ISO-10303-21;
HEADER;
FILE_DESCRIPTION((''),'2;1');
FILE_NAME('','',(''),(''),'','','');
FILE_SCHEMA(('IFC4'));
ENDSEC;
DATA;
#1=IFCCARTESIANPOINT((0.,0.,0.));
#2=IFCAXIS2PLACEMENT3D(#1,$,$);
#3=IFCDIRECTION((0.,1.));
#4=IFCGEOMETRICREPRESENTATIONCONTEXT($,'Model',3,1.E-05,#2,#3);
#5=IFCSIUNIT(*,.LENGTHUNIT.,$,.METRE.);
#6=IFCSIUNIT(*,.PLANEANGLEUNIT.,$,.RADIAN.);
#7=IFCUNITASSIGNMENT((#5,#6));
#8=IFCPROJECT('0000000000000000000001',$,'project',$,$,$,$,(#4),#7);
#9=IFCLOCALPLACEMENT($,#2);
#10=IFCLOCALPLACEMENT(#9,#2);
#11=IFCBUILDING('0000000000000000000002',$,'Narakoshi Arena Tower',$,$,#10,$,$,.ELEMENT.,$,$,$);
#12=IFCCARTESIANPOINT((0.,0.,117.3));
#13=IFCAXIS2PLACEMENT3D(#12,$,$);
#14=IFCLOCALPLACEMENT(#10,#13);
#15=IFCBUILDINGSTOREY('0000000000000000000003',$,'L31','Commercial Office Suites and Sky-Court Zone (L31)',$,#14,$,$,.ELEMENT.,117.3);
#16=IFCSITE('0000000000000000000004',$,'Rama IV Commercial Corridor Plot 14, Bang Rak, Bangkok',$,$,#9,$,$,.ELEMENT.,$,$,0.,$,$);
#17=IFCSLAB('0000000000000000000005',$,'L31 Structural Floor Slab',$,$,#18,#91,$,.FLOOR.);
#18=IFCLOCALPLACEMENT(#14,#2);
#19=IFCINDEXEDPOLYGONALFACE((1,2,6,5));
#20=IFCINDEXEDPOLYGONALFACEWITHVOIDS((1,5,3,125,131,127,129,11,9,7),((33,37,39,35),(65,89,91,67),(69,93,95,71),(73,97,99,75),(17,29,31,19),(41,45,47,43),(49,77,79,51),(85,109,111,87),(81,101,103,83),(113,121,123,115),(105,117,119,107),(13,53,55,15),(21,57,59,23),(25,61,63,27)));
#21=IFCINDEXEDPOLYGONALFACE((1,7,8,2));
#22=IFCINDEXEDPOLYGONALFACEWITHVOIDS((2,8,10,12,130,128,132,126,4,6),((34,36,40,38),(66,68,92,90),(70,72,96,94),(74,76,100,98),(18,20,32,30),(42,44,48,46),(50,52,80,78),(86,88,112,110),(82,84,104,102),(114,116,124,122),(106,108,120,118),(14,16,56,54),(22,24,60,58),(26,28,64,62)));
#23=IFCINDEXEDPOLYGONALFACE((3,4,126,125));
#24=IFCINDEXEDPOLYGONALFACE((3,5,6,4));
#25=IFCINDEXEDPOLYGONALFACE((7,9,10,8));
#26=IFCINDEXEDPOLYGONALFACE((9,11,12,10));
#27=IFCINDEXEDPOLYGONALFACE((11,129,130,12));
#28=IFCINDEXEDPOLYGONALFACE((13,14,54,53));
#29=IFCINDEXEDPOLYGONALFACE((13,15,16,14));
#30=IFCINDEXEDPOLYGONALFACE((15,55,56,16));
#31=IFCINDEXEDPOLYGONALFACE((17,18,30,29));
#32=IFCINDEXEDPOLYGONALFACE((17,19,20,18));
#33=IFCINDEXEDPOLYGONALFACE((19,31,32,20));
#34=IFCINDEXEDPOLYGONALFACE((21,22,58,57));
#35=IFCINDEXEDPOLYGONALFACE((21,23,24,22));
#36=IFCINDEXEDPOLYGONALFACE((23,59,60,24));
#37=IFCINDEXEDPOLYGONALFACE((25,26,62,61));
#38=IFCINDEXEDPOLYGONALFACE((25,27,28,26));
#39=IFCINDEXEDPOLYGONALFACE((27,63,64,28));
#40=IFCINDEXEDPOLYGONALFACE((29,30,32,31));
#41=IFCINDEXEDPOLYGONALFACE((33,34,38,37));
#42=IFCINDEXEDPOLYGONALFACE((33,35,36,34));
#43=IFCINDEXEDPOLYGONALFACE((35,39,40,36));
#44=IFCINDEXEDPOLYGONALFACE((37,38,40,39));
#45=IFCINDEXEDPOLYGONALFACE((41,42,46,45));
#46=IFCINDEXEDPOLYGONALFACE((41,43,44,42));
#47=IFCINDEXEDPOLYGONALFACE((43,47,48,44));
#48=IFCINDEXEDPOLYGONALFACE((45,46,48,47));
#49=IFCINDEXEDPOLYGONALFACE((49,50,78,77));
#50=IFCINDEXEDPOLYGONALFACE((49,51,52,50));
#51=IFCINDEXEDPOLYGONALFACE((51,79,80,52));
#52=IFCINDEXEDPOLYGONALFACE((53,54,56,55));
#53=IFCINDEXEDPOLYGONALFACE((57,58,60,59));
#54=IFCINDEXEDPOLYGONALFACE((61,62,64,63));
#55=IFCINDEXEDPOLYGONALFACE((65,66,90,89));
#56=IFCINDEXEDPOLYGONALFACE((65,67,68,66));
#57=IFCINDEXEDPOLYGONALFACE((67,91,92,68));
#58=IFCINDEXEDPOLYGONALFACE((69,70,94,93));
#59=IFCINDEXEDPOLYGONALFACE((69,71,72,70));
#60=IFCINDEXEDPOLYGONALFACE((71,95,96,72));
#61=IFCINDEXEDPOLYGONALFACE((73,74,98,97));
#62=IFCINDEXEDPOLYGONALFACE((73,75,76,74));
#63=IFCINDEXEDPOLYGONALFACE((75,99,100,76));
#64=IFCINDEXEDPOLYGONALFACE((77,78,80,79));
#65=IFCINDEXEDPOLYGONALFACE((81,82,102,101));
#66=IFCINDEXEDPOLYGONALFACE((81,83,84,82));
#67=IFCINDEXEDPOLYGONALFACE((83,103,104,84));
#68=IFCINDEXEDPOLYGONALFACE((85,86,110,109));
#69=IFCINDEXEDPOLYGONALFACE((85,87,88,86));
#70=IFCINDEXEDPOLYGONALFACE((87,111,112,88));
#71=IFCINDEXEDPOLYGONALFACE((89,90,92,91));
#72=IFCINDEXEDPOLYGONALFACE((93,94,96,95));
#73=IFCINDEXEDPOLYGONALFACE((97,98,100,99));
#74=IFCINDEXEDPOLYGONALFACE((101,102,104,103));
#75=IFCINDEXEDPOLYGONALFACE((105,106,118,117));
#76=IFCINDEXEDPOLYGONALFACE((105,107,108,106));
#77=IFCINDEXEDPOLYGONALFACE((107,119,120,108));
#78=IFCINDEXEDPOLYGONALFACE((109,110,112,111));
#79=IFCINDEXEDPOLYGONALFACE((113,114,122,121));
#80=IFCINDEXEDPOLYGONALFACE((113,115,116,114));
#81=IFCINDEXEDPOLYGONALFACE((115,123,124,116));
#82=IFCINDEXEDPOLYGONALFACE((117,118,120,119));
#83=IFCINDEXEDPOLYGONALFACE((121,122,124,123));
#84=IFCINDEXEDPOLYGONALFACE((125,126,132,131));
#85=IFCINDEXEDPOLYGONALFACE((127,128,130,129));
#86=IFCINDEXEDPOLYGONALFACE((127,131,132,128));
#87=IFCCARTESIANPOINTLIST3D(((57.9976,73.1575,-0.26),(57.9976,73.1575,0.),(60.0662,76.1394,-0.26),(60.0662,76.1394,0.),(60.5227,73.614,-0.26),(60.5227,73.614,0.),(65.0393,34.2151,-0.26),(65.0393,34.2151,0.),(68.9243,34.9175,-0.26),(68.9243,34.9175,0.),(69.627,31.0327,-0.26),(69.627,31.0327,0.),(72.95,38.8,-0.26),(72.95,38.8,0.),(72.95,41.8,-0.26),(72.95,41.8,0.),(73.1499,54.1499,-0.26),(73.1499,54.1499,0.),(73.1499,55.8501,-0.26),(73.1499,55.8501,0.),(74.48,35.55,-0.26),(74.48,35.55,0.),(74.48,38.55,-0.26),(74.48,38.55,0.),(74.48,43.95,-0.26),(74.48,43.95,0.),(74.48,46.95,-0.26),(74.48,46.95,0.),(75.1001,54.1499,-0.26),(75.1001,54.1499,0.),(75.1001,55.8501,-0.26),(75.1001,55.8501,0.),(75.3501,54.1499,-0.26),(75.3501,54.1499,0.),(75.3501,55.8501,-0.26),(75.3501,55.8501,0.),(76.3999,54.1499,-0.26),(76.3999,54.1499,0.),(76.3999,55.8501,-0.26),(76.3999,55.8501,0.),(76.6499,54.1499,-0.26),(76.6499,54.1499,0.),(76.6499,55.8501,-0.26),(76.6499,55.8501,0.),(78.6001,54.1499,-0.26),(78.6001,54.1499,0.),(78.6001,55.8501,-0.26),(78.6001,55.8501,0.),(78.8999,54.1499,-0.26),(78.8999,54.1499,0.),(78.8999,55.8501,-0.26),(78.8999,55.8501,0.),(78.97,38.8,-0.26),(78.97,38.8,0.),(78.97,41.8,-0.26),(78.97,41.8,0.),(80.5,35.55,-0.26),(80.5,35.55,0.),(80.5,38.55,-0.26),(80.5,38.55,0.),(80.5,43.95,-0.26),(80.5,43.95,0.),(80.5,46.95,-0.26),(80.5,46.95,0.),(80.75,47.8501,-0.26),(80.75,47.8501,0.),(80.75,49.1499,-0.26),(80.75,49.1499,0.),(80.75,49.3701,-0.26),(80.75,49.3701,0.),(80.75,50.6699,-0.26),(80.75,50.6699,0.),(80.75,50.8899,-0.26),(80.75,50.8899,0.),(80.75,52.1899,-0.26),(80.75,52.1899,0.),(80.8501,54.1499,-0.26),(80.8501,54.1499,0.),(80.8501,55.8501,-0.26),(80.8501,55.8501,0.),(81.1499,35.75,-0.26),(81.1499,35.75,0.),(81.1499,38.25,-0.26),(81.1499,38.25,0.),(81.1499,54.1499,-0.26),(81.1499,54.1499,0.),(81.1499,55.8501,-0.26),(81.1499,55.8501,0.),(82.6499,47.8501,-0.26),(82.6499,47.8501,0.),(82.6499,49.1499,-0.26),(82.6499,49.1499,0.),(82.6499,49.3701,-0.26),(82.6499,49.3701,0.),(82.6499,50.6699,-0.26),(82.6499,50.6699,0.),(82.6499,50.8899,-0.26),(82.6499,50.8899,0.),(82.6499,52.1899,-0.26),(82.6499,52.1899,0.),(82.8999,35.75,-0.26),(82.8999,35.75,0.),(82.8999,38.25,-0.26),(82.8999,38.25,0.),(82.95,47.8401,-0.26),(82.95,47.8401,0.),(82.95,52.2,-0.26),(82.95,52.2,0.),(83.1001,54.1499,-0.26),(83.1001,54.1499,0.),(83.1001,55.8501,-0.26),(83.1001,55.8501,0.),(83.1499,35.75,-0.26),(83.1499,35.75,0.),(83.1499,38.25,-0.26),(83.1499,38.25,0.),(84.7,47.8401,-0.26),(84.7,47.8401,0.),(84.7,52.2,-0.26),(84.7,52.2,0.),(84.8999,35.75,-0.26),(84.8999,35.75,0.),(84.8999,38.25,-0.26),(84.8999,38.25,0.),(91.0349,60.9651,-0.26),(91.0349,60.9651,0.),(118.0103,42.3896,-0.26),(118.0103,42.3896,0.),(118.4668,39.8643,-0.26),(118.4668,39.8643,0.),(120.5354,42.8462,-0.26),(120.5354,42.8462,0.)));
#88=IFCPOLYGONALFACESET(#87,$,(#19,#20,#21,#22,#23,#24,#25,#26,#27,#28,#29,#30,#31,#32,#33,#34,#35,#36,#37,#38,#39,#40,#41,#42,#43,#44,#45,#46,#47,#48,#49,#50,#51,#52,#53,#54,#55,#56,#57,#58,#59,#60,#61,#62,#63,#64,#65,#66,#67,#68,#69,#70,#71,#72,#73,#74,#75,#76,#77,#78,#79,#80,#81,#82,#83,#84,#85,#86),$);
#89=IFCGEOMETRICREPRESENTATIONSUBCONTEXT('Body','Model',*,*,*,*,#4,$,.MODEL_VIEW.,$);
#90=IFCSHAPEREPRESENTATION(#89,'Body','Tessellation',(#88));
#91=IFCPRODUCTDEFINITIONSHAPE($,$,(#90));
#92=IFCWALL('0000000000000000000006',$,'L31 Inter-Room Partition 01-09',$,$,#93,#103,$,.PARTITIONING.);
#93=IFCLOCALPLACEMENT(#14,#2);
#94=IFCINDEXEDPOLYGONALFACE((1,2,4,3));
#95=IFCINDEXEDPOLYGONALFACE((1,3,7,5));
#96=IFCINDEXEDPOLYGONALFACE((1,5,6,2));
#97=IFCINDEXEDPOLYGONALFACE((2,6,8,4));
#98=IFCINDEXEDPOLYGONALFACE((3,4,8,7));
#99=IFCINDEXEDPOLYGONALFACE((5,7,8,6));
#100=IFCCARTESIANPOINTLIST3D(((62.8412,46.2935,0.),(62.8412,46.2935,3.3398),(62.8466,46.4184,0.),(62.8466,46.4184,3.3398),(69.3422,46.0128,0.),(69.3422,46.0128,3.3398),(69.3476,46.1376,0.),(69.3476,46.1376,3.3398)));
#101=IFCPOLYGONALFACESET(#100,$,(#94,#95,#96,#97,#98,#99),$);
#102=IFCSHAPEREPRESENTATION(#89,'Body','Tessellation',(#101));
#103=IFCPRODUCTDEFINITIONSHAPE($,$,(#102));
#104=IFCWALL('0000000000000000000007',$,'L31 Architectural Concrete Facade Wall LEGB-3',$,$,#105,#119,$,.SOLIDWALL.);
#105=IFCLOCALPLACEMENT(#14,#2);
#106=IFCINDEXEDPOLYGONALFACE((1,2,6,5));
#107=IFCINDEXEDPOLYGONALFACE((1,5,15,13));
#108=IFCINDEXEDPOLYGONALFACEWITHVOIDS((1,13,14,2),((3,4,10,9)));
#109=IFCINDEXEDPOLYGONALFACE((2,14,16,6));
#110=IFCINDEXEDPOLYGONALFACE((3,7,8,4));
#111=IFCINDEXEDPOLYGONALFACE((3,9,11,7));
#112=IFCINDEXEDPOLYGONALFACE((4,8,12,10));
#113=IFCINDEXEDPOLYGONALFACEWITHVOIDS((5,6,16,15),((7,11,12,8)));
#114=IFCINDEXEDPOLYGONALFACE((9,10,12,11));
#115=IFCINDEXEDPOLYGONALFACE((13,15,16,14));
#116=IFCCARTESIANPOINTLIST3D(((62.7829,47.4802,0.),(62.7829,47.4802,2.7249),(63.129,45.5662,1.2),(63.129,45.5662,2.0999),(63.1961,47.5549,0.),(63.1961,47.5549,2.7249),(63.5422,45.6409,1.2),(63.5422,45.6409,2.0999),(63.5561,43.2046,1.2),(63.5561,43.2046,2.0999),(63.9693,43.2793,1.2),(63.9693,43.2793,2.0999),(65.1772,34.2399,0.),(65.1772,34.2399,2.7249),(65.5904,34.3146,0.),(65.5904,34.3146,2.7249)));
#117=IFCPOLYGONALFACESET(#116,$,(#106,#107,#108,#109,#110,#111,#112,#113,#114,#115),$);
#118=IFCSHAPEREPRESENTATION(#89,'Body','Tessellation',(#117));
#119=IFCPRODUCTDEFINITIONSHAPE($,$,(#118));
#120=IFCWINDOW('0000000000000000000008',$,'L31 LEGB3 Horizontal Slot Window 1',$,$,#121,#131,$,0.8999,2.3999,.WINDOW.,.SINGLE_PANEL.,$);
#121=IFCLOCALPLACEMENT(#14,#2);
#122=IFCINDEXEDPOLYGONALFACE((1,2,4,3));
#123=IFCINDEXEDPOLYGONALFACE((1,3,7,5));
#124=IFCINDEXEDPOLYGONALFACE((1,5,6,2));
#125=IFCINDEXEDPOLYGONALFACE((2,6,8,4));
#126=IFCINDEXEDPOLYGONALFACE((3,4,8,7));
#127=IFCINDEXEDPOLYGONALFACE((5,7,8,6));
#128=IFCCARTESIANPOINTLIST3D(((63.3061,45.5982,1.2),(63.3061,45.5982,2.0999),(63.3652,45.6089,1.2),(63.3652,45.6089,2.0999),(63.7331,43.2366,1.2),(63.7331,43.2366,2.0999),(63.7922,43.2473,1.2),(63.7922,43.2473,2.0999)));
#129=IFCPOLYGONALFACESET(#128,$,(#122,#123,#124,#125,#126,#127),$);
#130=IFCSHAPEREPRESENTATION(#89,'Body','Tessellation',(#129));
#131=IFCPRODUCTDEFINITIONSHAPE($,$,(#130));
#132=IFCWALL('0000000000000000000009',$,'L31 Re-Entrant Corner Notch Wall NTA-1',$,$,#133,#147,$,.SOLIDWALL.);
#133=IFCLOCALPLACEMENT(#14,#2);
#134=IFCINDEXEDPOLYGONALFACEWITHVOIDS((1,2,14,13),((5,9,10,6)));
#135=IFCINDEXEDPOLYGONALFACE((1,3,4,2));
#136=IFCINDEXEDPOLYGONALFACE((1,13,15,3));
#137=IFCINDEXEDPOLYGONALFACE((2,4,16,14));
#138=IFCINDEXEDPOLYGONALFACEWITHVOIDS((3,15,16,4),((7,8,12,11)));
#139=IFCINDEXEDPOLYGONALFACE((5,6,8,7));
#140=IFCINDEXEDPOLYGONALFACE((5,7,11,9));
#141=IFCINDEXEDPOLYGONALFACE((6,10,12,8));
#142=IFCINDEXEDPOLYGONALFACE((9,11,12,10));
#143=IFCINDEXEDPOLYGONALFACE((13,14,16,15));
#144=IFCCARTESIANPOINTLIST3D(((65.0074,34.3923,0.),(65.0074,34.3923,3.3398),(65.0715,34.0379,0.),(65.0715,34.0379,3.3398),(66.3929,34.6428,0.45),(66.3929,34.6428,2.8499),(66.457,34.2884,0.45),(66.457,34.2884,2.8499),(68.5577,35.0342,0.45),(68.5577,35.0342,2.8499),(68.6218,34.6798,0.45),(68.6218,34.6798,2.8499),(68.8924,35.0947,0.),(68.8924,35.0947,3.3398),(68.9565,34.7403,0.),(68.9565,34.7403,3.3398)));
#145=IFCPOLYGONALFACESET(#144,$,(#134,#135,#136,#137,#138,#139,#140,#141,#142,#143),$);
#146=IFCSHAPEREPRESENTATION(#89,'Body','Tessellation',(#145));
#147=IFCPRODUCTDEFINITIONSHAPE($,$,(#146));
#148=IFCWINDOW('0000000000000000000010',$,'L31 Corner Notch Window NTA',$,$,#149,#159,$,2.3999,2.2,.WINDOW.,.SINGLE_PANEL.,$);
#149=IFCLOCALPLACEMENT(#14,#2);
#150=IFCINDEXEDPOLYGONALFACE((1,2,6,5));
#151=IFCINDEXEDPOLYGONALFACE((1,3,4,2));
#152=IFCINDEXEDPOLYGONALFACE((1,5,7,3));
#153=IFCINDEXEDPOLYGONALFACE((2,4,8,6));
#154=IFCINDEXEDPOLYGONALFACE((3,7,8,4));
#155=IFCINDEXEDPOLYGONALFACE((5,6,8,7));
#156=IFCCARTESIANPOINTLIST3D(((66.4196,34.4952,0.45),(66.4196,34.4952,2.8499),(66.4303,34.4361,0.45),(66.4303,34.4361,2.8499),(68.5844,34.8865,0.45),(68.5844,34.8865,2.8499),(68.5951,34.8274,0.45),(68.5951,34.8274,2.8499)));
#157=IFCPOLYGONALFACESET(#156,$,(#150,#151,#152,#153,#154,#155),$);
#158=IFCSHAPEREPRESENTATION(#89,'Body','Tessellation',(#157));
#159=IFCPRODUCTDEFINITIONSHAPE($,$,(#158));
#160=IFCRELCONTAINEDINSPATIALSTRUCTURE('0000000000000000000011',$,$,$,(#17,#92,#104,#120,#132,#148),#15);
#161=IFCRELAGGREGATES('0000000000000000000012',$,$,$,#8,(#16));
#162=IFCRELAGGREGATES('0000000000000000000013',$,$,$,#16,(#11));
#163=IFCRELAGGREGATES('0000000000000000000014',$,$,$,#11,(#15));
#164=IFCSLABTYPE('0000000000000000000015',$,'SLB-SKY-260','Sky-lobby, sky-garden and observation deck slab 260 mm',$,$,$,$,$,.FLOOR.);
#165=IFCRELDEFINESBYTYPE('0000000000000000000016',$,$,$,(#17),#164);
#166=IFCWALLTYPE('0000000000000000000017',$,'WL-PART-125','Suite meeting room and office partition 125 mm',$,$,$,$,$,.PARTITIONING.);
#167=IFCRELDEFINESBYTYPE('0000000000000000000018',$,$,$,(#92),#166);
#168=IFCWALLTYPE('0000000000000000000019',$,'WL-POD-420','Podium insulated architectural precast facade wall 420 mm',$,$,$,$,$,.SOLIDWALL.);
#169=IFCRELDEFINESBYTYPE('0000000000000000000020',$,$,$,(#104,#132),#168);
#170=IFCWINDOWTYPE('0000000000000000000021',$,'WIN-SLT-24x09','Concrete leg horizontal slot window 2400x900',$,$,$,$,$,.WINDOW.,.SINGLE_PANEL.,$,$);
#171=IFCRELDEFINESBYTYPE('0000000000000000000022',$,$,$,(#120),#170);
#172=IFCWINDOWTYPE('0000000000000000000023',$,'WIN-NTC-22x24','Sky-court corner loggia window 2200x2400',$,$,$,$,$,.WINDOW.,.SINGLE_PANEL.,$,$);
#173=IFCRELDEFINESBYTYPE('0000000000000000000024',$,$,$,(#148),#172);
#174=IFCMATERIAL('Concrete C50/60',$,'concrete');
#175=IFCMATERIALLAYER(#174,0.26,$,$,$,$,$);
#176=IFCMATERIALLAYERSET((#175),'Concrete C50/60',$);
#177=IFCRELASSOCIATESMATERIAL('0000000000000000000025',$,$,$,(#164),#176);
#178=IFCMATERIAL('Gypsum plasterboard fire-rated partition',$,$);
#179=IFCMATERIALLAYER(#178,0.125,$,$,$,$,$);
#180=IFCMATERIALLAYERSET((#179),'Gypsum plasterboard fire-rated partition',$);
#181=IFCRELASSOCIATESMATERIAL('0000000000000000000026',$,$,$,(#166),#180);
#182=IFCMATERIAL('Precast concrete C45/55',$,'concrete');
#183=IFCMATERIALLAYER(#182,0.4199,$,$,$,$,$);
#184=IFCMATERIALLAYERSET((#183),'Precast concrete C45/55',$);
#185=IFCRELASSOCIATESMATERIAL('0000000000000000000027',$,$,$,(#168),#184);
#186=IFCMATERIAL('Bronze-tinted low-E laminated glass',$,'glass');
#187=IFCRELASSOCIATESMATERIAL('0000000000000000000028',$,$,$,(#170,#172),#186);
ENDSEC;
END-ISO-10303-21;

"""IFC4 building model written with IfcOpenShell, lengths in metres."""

from ifc_helpers import new_model, si_unit, direction, frame, frame_2d, origin, place, context, subcontext, project, spatial, polyline, rectangle, outline, extrude, material, layer, layer_set, type_object, element, fill, save


model = new_model("IFC4")

# Units and contexts
model_context = context("Model", 3, precision=1e-05, world=origin(), true_north=direction((0.0, 1.0)))
body_context = subcontext(model_context, "Body", "Model", "MODEL_VIEW")
ifc_project = project(units=[si_unit("LENGTHUNIT", "METRE"), si_unit("PLANEANGLEUNIT", "RADIAN")], contexts=[model_context])

# Site, building, storey
site_placement = place(None, origin())
site = spatial("IfcSite", under=ifc_project, at=site_placement, Name="Rama IV Commercial Corridor Plot 14, Bang Rak, Bangkok", CompositionType="ELEMENT", RefElevation=0.0)
building_placement = place(site_placement, origin())
building = spatial("IfcBuilding", under=site, at=building_placement, Name="Narakoshi Arena Tower", CompositionType="ELEMENT")
storey_placement = place(building_placement, frame((0.0, 0.0, 117.3)))
storey = spatial("IfcBuildingStorey", under=building, at=storey_placement, Name="L31", Description="Commercial Office Suites and Sky-Court Zone (L31)", CompositionType="ELEMENT", Elevation=117.3)

# Slab
ifc_material_1 = material(Name="Concrete C50/60", Category="concrete")
ifc_layer_1 = layer(ifc_material_1, 0.26)
ifc_layer_set_1 = layer_set([ifc_layer_1], Name="Concrete C50/60")
slab_type_1 = type_object("IfcSlabType", Name="SLB-SKY-260", Description="Sky-lobby, sky-garden and observation deck slab 260 mm", PredefinedType="FLOOR", material=ifc_layer_set_1)
slab_1_placement = place(storey_placement, frame((0.0, 0.0, -0.26)))
element("IfcSlab", 1, at=slab_1_placement, inside=storey, type_object=slab_type_1, Name="L31 Structural Floor Slab", PredefinedType="FLOOR", context=body_context, shape_type="SweptSolid", body=[
    extrude(outline(polyline([(69.627, 31.0327), (118.4668, 39.8643), (118.0103, 42.3896), (120.5354, 42.8462), (91.0349, 60.9651), (60.0662, 76.1394), (60.5227, 73.614), (57.9976, 73.1575), (65.0393, 34.2151), (68.9243, 34.9175), (69.627, 31.0327)]), holes=[polyline([(80.5, 35.55), (74.48, 35.55), (74.48, 38.55), (80.5, 38.55), (80.5, 35.55)]), polyline([(82.8999, 35.75), (81.1499, 35.75), (81.1499, 38.25), (82.8999, 38.25), (82.8999, 35.75)]), polyline([(83.1499, 35.75), (83.1499, 38.25), (84.8999, 38.25), (84.8999, 35.75), (83.1499, 35.75)]), polyline([(72.95, 38.8), (72.95, 41.8), (78.97, 41.8), (78.97, 38.8), (72.95, 38.8)]), polyline([(74.48, 43.95), (74.48, 46.95), (80.5, 46.95), (80.5, 43.95), (74.48, 43.95)]), polyline([(82.95, 47.8401), (82.95, 52.2), (84.7, 52.2), (84.7, 47.8401), (82.95, 47.8401)]), polyline([(80.75, 47.8501), (80.75, 49.1499), (82.6499, 49.1499), (82.6499, 47.8501), (80.75, 47.8501)]), polyline([(80.75, 49.3701), (80.75, 50.6699), (82.6499, 50.6699), (82.6499, 49.3701), (80.75, 49.3701)]), polyline([(80.75, 50.8899), (80.75, 52.1899), (82.6499, 52.1899), (82.6499, 50.8899), (80.75, 50.8899)]), polyline([(73.1499, 54.1499), (73.1499, 55.8501), (75.1001, 55.8501), (75.1001, 54.1499), (73.1499, 54.1499)]), polyline([(75.3501, 54.1499), (75.3501, 55.8501), (76.3999, 55.8501), (76.3999, 54.1499), (75.3501, 54.1499)]), polyline([(76.6499, 54.1499), (76.6499, 55.8501), (78.6001, 55.8501), (78.6001, 54.1499), (76.6499, 54.1499)]), polyline([(78.8999, 54.1499), (78.8999, 55.8501), (80.8501, 55.8501), (80.8501, 54.1499), (78.8999, 54.1499)]), polyline([(81.1499, 54.1499), (81.1499, 55.8501), (83.1001, 55.8501), (83.1001, 54.1499), (81.1499, 54.1499)])]), origin(), (0.0, 0.0, 1.0), 0.26),
])

# Wall
ifc_material_2 = material(Name="Gypsum plasterboard fire-rated partition")
ifc_layer_2 = layer(ifc_material_2, 0.125)
ifc_layer_set_2 = layer_set([ifc_layer_2], Name="Gypsum plasterboard fire-rated partition")
wall_type_1 = type_object("IfcWallType", Name="WL-PART-125", Description="Suite meeting room and office partition 125 mm", PredefinedType="PARTITIONING", material=ifc_layer_set_2)
wall_1_placement = place(storey_placement, frame((62.844, 46.356, 0.0), z_axis=(0.0, 0.0, 1.0), x_axis=(0.999069, -0.043147, 0.0)))
element("IfcWall", 2, at=wall_1_placement, inside=storey, type_object=wall_type_1, Name="L31 Inter-Room Partition 01-09", PredefinedType="PARTITIONING", context=body_context, shape_type="SweptSolid", body=[
    extrude(rectangle(XDim=6.5071, YDim=0.125, at=frame_2d((3.2534, 0.0))), origin(), (0.0, 0.0, 1.0), 3.3398),
])

# Walls, openings, windows
ifc_material_3 = material(Name="Precast concrete C45/55", Category="concrete")
ifc_layer_3 = layer(ifc_material_3, 0.4199)
ifc_layer_set_3 = layer_set([ifc_layer_3], Name="Precast concrete C45/55")
wall_type_2 = type_object("IfcWallType", Name="WL-POD-420", Description="Podium insulated architectural precast facade wall 420 mm", PredefinedType="SOLIDWALL", material=ifc_layer_set_3)
wall_2_placement = place(storey_placement, frame((62.9895, 47.5176, 0.0), z_axis=(0.0, 0.0, 1.0), x_axis=(0.177948, -0.98404, 0.0)))
wall_2 = element("IfcWall", 3, at=wall_2_placement, inside=storey, type_object=wall_type_2, Name="L31 Architectural Concrete Facade Wall LEGB-3", PredefinedType="SOLIDWALL", context=body_context, shape_type="SweptSolid", body=[
    extrude(rectangle(XDim=13.4551, YDim=0.4199, at=frame_2d((6.7275, 0.0))), origin(), (0.0, 0.0, 1.0), 2.7249),
])
opening_1_placement = place(wall_2_placement, frame((1.9451, 0.0, 1.2)))
opening_1 = element("IfcOpeningElement", 4, at=opening_1_placement, cuts=wall_2, PredefinedType="OPENING", context=body_context, shape_type="SweptSolid", body=[
    extrude(rectangle(XDim=2.3999, YDim=0.8999, at=frame_2d((1.2, 0.45))), frame((0.0, 0.22, 0.0), z_axis=(0.0, -1.0, 0.0), x_axis=(1.0, 0.0, 0.0)), (0.0, 0.0, 1.0), 0.4399),
])
ifc_material_4 = material(Name="Bronze-tinted low-E laminated glass", Category="glass")
window_type_1 = type_object("IfcWindowType", Name="WIN-SLT-24x09", Description="Concrete leg horizontal slot window 2400x900", PartitioningType="SINGLE_PANEL", PredefinedType="WINDOW", material=ifc_material_4)
window_1_placement = place(opening_1_placement, origin())
window_1 = element("IfcWindow", 5, at=window_1_placement, inside=storey, type_object=window_type_1, Name="L31 LEGB3 Horizontal Slot Window 1", OverallHeight=0.8999, OverallWidth=2.3999, PartitioningType="SINGLE_PANEL", PredefinedType="WINDOW", context=body_context, shape_type="SweptSolid", body=[
    extrude(rectangle(XDim=2.3999, YDim=0.8999, at=frame_2d((1.2, 0.45))), frame((0.0, 0.03, 0.0), z_axis=(0.0, -1.0, 0.0), x_axis=(1.0, 0.0, 0.0)), (0.0, 0.0, 1.0), 0.0601),
])
fill(opening_1, window_1)
wall_3_placement = place(storey_placement, frame((65.0393, 34.2151, 0.0), z_axis=(0.0, 0.0, 1.0), x_axis=(0.984047, 0.177911, 0.0)))
wall_3 = element("IfcWall", 6, at=wall_3_placement, inside=storey, type_object=wall_type_2, Name="L31 Re-Entrant Corner Notch Wall NTA-1", PredefinedType="SOLIDWALL", context=body_context, shape_type="SweptSolid", body=[
    extrude(rectangle(XDim=3.948, YDim=0.3601, at=frame_2d((1.9741, 0.0))), origin(), (0.0, 0.0, 1.0), 3.3398),
])
opening_2_placement = place(wall_3_placement, frame((1.408, 0.0, 0.45)))
opening_2 = element("IfcOpeningElement", 7, at=opening_2_placement, cuts=wall_3, PredefinedType="OPENING", context=body_context, shape_type="SweptSolid", body=[
    extrude(rectangle(XDim=2.2, YDim=2.3999, at=frame_2d((1.1001, 1.2))), frame((0.0, 0.1899, 0.0), z_axis=(0.0, -1.0, 0.0), x_axis=(1.0, 0.0, 0.0)), (0.0, 0.0, 1.0), 0.3801),
])
window_type_2 = type_object("IfcWindowType", Name="WIN-NTC-22x24", Description="Sky-court corner loggia window 2200x2400", PartitioningType="SINGLE_PANEL", PredefinedType="WINDOW", material=ifc_material_4)
window_2_placement = place(opening_2_placement, origin())
window_2 = element("IfcWindow", 8, at=window_2_placement, inside=storey, type_object=window_type_2, Name="L31 Corner Notch Window NTA", OverallHeight=2.3999, OverallWidth=2.2, PartitioningType="SINGLE_PANEL", PredefinedType="WINDOW", context=body_context, shape_type="SweptSolid", body=[
    extrude(rectangle(XDim=2.2, YDim=2.3999, at=frame_2d((1.1001, 1.2))), frame((0.0, 0.03, 0.0), z_axis=(0.0, -1.0, 0.0), x_axis=(1.0, 0.0, 0.0)), (0.0, 0.0, 1.0), 0.0601),
])
fill(opening_2, window_2)

save(model, "model.ifc")
